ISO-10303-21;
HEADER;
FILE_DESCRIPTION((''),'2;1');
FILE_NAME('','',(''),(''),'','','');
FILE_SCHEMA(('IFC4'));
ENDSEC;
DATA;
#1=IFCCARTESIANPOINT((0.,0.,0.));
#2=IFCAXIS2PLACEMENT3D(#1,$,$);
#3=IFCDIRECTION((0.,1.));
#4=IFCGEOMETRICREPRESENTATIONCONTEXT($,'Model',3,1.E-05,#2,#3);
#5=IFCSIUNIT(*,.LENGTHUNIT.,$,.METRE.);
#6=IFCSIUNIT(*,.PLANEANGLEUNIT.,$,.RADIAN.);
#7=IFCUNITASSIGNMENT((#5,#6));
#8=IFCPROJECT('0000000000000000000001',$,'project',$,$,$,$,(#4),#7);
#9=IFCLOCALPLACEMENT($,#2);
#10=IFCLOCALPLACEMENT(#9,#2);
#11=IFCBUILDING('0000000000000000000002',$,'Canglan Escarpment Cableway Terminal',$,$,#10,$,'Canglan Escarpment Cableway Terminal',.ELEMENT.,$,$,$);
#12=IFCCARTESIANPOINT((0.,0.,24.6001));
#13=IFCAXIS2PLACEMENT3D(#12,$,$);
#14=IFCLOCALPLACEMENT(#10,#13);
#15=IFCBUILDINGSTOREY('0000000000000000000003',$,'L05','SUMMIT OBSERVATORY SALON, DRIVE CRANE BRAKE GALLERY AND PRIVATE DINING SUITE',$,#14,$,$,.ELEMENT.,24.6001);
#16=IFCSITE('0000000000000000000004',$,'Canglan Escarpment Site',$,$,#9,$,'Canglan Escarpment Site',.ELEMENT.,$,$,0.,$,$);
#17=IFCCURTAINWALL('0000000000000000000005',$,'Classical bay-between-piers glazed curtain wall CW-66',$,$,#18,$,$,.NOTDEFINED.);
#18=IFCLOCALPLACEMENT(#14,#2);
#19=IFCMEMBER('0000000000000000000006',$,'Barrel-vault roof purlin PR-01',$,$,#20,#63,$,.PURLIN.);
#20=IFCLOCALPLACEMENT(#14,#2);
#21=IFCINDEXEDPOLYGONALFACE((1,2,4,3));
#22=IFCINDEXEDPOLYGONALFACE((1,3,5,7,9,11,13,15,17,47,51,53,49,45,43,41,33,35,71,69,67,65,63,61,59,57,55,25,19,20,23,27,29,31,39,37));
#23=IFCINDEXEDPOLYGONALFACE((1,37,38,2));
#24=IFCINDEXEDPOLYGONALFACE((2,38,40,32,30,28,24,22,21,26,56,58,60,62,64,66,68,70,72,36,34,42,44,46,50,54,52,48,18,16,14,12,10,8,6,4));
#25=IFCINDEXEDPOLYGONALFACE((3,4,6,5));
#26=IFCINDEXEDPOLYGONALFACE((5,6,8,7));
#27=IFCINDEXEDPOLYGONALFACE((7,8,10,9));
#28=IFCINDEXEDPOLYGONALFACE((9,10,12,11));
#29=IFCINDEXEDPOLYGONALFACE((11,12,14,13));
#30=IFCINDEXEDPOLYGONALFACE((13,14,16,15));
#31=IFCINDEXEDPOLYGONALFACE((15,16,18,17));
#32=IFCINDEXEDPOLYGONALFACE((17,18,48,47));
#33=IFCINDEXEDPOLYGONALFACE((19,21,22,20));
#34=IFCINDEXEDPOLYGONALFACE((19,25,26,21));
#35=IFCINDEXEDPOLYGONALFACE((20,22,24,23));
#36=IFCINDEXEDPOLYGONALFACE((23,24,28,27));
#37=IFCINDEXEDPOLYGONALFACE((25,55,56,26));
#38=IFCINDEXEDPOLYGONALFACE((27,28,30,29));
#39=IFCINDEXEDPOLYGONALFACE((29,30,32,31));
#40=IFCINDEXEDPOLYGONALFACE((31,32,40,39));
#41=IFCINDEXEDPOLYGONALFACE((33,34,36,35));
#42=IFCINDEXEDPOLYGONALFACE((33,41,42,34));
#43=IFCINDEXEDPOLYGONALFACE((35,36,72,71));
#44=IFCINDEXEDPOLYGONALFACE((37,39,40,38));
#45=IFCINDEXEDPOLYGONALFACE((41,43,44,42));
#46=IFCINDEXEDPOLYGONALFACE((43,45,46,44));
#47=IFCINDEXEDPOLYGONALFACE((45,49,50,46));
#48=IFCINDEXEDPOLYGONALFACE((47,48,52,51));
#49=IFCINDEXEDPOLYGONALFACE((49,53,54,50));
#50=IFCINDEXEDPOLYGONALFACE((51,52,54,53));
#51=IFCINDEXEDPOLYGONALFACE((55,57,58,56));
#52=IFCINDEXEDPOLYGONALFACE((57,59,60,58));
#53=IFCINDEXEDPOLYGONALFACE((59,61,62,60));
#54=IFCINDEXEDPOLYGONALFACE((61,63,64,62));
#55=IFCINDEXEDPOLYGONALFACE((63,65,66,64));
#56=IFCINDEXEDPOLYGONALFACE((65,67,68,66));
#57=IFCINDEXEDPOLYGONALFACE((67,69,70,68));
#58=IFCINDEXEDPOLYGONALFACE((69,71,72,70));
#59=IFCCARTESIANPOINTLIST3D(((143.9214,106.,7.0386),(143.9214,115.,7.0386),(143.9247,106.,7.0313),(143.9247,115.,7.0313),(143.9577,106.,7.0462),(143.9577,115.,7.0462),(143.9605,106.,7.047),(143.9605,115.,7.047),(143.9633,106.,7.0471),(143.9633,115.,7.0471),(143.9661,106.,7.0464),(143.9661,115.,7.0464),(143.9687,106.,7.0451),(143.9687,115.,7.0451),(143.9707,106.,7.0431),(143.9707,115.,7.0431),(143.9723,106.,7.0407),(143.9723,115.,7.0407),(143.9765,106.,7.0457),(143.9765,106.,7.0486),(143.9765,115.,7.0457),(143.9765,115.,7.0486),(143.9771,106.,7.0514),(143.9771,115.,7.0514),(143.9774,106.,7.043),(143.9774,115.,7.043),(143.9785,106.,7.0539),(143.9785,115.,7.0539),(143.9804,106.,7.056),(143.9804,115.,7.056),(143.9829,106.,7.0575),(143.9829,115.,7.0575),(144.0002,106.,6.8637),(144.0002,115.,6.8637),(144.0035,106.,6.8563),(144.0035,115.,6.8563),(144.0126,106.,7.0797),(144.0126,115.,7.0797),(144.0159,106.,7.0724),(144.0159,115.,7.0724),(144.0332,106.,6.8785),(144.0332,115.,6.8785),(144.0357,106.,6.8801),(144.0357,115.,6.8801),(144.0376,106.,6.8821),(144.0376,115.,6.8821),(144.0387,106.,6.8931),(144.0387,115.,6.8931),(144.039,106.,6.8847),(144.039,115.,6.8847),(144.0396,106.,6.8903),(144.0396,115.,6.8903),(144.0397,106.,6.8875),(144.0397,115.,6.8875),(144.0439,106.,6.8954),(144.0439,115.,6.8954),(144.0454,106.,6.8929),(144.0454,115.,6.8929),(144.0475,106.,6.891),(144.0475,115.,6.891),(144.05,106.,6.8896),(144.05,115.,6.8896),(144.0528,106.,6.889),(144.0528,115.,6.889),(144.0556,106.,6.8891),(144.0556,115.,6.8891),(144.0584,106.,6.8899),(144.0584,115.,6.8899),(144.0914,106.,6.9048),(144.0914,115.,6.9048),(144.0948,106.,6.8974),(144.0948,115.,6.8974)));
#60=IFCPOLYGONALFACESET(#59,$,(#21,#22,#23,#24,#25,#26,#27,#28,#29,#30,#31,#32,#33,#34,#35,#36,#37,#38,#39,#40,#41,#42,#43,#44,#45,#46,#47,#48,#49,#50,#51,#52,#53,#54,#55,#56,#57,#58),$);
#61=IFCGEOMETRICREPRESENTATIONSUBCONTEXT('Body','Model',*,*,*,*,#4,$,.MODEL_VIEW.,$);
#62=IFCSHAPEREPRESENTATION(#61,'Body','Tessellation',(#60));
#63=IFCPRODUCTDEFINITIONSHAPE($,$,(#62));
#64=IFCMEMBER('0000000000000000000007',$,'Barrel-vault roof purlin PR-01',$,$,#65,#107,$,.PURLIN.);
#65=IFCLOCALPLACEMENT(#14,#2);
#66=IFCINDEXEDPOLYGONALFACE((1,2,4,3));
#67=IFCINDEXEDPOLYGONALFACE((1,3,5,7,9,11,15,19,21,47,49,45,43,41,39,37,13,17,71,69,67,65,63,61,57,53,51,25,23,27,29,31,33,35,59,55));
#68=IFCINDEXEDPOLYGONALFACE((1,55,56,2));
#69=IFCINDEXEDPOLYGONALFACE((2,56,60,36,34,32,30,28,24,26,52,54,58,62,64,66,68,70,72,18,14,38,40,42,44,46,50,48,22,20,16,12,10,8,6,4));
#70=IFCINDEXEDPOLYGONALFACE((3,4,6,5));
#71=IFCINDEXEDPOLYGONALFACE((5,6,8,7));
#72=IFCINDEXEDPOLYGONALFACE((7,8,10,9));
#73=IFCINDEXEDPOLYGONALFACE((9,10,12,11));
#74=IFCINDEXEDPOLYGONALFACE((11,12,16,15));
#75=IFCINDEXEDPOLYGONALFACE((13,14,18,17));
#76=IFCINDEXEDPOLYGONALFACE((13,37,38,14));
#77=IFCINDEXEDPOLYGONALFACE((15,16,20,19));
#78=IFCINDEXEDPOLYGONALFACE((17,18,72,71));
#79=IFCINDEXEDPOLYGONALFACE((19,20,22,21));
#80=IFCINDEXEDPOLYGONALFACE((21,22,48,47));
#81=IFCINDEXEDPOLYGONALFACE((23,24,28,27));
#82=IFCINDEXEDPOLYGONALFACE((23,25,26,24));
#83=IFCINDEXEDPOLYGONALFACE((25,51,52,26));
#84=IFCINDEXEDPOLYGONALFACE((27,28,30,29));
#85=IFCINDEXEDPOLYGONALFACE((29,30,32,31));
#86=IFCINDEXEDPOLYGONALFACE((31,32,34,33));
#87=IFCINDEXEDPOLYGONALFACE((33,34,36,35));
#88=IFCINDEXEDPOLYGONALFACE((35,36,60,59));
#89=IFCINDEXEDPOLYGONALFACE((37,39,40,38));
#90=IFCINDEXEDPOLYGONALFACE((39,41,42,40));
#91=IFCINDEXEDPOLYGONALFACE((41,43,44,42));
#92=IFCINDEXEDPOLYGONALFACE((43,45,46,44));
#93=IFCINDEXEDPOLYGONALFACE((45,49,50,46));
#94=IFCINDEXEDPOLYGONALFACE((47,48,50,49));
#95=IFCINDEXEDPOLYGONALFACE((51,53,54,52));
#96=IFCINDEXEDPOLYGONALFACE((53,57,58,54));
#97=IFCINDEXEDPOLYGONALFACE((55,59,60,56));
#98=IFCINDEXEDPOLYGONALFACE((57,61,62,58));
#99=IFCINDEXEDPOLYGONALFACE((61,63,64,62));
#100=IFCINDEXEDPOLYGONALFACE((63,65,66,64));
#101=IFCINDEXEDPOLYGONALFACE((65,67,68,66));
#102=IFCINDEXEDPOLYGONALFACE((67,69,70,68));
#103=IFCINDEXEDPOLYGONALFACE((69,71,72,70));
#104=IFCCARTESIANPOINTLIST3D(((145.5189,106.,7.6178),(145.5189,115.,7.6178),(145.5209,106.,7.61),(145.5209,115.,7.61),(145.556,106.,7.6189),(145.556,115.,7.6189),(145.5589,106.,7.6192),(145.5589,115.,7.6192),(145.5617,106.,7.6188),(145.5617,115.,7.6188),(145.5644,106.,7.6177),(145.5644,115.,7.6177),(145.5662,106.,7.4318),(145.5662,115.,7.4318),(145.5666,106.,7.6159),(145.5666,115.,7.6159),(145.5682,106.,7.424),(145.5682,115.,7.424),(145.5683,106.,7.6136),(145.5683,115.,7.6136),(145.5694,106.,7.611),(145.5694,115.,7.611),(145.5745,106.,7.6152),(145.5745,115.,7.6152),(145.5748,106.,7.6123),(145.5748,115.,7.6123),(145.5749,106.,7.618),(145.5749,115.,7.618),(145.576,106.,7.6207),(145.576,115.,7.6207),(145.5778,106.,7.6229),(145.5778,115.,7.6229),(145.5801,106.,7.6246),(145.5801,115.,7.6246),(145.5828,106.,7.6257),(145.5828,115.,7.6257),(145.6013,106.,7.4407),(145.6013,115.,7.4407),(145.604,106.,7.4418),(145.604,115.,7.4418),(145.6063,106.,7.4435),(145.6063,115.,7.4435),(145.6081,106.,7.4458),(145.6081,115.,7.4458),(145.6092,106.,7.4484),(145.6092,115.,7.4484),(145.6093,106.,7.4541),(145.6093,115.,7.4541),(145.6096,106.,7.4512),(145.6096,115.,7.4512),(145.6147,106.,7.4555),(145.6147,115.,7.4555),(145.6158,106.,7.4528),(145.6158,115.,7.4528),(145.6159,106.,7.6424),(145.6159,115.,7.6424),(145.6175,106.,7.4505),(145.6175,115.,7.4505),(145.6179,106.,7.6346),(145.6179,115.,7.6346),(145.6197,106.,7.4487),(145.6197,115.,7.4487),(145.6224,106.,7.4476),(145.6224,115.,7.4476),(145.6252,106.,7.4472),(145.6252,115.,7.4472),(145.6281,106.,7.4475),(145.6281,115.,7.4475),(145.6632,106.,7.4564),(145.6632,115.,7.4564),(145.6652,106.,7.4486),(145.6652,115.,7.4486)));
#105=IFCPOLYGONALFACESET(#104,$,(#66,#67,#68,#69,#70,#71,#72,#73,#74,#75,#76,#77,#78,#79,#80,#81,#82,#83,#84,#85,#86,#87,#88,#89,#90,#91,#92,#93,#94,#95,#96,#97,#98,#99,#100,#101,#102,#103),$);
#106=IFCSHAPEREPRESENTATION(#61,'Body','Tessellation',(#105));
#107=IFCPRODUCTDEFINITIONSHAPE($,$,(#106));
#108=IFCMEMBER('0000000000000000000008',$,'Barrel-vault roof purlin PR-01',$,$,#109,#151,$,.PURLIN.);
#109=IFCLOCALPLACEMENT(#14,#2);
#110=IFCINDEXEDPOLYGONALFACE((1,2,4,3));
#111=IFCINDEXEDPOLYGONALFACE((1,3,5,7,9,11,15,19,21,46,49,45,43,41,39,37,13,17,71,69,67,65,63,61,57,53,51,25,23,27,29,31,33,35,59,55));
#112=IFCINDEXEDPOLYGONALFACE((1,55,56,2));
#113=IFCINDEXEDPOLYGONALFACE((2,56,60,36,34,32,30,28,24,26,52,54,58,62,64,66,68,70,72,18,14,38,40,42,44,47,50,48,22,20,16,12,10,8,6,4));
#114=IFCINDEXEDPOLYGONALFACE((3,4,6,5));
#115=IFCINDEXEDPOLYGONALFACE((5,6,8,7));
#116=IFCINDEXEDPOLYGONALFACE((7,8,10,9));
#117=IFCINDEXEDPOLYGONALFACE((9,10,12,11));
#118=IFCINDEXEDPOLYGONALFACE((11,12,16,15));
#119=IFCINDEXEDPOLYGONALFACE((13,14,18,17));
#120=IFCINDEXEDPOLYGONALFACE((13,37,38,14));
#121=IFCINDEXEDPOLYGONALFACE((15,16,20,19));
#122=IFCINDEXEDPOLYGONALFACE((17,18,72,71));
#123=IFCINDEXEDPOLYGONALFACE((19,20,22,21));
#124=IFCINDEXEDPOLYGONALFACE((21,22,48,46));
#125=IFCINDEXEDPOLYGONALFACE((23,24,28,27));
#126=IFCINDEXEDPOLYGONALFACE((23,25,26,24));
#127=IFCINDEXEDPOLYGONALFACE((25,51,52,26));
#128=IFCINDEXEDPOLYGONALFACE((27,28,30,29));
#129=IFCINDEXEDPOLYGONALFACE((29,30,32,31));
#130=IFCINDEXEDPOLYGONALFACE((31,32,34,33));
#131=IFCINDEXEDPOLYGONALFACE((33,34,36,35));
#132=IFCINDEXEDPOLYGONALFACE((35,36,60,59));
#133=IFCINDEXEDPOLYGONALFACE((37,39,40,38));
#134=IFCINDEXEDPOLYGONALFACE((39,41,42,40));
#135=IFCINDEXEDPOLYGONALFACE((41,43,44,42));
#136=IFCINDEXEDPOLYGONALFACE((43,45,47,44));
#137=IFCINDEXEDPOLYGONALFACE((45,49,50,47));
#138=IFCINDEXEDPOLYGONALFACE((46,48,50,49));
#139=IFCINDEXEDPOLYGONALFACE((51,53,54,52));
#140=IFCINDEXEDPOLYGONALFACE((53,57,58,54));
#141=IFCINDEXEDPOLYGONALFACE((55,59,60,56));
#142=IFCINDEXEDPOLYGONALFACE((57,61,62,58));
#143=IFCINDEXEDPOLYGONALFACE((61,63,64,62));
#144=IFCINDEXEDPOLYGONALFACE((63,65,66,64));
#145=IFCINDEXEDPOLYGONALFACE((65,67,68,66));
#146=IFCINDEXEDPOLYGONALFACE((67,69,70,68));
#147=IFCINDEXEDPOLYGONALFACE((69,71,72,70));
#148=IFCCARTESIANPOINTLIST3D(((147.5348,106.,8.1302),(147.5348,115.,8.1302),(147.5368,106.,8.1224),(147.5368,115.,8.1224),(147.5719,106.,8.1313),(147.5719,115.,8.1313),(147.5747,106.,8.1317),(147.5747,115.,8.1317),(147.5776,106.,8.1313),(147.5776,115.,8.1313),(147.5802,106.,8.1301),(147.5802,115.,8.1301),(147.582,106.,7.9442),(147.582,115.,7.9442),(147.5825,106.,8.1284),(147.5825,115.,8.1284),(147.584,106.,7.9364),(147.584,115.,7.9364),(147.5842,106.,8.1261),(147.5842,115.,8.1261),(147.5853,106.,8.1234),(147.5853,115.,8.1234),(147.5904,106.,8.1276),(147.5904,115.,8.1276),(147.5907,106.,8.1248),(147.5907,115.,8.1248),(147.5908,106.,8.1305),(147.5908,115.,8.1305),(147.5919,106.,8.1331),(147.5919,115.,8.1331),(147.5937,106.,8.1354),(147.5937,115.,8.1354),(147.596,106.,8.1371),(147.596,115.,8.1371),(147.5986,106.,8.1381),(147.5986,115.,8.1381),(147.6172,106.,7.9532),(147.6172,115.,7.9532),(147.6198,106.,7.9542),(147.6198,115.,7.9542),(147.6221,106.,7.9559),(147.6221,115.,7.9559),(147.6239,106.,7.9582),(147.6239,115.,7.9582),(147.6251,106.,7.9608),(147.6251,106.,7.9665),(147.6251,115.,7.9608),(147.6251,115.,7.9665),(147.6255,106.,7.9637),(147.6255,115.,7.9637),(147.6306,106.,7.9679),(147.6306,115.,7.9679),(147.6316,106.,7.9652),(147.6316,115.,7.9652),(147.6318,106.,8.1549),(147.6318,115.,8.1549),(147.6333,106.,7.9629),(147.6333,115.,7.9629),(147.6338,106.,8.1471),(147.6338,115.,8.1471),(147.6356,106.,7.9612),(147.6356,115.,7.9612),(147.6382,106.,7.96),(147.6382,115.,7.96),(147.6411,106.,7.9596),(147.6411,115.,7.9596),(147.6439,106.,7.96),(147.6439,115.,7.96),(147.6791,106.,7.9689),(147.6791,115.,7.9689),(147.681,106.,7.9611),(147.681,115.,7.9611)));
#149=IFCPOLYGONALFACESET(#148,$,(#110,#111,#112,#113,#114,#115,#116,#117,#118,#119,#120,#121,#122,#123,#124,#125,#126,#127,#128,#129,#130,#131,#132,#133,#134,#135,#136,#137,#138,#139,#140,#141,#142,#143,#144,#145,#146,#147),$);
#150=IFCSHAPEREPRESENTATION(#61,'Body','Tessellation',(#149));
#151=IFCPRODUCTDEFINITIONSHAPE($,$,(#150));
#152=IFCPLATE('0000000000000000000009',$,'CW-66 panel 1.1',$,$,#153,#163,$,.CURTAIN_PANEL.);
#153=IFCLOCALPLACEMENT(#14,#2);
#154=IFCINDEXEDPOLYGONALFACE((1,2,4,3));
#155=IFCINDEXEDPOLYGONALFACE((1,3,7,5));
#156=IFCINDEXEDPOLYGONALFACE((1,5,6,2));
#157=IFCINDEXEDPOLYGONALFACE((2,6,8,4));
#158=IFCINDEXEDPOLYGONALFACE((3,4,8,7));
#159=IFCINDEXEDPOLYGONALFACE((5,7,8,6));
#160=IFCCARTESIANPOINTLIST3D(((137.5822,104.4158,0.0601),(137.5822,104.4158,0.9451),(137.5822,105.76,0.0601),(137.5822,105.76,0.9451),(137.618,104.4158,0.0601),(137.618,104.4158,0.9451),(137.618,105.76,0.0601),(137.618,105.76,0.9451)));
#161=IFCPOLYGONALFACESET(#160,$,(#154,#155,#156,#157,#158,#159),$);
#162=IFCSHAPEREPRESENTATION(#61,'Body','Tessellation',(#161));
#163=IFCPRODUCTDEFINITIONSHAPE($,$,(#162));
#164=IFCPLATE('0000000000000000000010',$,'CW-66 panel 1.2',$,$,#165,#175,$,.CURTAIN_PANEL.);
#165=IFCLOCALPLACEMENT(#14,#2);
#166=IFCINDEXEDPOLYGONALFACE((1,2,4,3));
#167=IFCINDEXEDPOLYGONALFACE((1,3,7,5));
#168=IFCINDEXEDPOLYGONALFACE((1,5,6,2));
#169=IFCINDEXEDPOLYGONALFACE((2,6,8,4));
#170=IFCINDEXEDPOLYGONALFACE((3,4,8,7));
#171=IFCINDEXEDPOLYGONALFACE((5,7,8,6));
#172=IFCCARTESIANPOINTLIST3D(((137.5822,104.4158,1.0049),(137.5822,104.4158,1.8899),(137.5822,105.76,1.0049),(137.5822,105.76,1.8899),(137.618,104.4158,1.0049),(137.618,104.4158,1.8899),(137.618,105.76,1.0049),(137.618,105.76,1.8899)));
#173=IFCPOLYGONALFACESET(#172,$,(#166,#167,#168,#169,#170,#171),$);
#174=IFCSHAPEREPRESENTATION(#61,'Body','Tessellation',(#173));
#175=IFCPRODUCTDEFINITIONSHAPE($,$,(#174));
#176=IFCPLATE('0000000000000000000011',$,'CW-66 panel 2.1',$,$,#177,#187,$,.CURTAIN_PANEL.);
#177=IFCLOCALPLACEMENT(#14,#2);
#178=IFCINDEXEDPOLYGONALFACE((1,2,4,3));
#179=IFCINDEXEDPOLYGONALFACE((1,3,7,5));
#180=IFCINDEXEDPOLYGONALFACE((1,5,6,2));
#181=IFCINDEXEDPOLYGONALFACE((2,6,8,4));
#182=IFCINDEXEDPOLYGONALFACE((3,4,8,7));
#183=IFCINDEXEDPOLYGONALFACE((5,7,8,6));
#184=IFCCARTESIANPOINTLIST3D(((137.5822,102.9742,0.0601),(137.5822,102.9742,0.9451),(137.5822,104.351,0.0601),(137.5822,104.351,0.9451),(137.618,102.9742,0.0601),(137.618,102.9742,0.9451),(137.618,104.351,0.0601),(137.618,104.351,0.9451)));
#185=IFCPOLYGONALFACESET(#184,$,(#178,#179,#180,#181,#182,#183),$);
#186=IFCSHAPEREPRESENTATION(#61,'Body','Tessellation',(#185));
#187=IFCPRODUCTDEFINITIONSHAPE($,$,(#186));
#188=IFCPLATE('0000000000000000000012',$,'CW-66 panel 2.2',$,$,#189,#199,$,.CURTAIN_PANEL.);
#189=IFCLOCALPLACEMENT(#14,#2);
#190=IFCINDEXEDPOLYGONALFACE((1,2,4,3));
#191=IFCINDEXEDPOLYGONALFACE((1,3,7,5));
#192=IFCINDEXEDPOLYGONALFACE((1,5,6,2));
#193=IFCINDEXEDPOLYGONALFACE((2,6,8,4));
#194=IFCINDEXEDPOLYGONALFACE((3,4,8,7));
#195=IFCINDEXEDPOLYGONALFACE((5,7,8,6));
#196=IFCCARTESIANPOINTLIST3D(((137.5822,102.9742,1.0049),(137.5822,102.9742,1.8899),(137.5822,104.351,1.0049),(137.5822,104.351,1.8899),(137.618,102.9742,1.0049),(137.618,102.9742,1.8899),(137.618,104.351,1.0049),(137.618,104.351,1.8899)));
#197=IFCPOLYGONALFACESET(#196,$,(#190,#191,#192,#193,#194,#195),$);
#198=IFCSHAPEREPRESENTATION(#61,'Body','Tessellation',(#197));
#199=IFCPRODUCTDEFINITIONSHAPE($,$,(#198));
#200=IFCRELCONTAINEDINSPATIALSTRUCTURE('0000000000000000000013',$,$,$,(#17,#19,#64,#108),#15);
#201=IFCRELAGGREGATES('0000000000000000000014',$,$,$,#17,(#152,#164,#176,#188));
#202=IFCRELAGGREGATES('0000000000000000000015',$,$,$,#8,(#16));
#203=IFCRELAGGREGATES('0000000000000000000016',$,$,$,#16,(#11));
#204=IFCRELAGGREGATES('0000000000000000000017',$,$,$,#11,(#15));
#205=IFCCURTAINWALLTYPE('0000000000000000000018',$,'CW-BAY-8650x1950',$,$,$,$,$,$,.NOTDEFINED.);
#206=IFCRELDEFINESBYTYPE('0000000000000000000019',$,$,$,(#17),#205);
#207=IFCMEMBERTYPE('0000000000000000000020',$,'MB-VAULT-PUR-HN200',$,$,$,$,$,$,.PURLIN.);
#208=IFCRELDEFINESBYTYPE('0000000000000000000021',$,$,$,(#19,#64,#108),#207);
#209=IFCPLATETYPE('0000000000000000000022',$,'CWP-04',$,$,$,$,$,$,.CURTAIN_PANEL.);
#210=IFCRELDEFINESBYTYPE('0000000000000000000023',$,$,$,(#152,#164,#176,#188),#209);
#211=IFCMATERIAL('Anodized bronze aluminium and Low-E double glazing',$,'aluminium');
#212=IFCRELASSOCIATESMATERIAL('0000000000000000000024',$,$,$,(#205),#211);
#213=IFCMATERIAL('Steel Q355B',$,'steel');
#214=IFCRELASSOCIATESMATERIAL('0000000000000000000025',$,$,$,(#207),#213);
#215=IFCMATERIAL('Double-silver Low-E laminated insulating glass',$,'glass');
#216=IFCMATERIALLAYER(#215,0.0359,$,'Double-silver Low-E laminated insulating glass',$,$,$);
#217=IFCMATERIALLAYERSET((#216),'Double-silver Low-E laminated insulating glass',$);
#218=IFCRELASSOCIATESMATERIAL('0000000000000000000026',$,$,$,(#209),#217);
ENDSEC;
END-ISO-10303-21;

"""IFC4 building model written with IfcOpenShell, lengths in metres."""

from ifc_helpers import new_model, si_unit, direction, frame, origin, origin_2d, place, context, subcontext, project, spatial, rectangle, i_section, extrude, material, layer, layer_set, material_profile, profile_set, type_object, element, aggregate, save


model = new_model("IFC4")

# Units and contexts
model_context = context("Model", 3, precision=1e-05, world=origin(), true_north=direction((0.0, 1.0)))
body_context = subcontext(model_context, "Body", "Model", "MODEL_VIEW")
ifc_project = project(units=[si_unit("LENGTHUNIT", "METRE"), si_unit("PLANEANGLEUNIT", "RADIAN")], contexts=[model_context])

# Site, building, storey
site_placement = place(None, origin())
site = spatial("IfcSite", under=ifc_project, at=site_placement, Name="Canglan Escarpment Site", LongName="Canglan Escarpment Site", CompositionType="ELEMENT", RefElevation=0.0)
building_placement = place(site_placement, origin())
building = spatial("IfcBuilding", under=site, at=building_placement, Name="Canglan Escarpment Cableway Terminal", LongName="Canglan Escarpment Cableway Terminal", CompositionType="ELEMENT")
storey_placement = place(building_placement, frame((0.0, 0.0, 24.6001)))
storey = spatial("IfcBuildingStorey", under=building, at=storey_placement, Name="L05", Description="SUMMIT OBSERVATORY SALON, DRIVE CRANE BRAKE GALLERY AND PRIVATE DINING SUITE", CompositionType="ELEMENT", Elevation=24.6001)

# Shared definitions
ifc_material_1 = material(Name="Steel Q355B", Category="steel")

# Curtain wall
ifc_material_2 = material(Name="Anodized bronze aluminium and Low-E double glazing", Category="aluminium")
curtain_wall_type = type_object("IfcCurtainWallType", Name="CW-BAY-8650x1950", PredefinedType="NOTDEFINED", material=ifc_material_2)
curtain_wall_placement = place(storey_placement, origin())
curtain_wall = element("IfcCurtainWall", 1, at=curtain_wall_placement, inside=storey, type_object=curtain_wall_type, Name="Classical bay-between-piers glazed curtain wall CW-66", PredefinedType="NOTDEFINED")

# Members
ifc_material_profile_1 = material_profile(ifc_material_1, i_section(OverallWidth=0.1001, OverallDepth=0.2, WebThickness=0.0056, FlangeThickness=0.0081, FilletRadius=0.011, at=origin_2d()), Name="HN 200x100x5.5x8")
ifc_profile_set_1 = profile_set([ifc_material_profile_1], Name="Steel Q355B")
member_type_1 = type_object("IfcMemberType", Name="MB-VAULT-PUR-HN200", PredefinedType="PURLIN", material=ifc_profile_set_1)
for number, where, z_axis, x_axis, name in (
    (2, (144.0081, 106.0, 6.968), (0.0, 1.0, 0.0), (-0.911741, 0.0, -0.410767), "Barrel-vault roof purlin PR-01"),
    (3, (145.592, 106.0, 7.5332), (0.0, 1.0, 0.0), (-0.969184, 0.0, -0.246339), "Barrel-vault roof purlin PR-01"),
    (4, (147.6079, 106.0, 8.0457), (0.0, 1.0, 0.0), (-0.969184, 0.0, -0.246339), "Barrel-vault roof purlin PR-01"),
):
    element("IfcMember", number, at=place(storey_placement, frame(where, z_axis=z_axis, x_axis=x_axis)), inside=storey, type_object=member_type_1, Name=name, PredefinedType="PURLIN", context=body_context, shape_type="SweptSolid", body=[
        extrude(i_section(OverallWidth=0.1001, OverallDepth=0.2, WebThickness=0.0056, FlangeThickness=0.0081, FilletRadius=0.011, at=origin_2d()), origin(), (0.0, 0.0, 1.0), 9.0),
    ])

# Plates
ifc_material_3 = material(Name="Double-silver Low-E laminated insulating glass", Category="glass")
ifc_layer_1 = layer(ifc_material_3, 0.0359, Name="Double-silver Low-E laminated insulating glass")
ifc_layer_set_1 = layer_set([ifc_layer_1], Name="Double-silver Low-E laminated insulating glass")
plate_type_1 = type_object("IfcPlateType", Name="CWP-04", PredefinedType="CURTAIN_PANEL", material=ifc_layer_set_1)
plate_1_placement = place(storey_placement, frame((137.6001, 105.0879, 0.0601), z_axis=(0.0, 0.0, 1.0), x_axis=(0.0, -1.0, 0.0)))
plate_1 = element("IfcPlate", 5, at=plate_1_placement, type_object=plate_type_1, Name="CW-66 panel 1.1", PredefinedType="CURTAIN_PANEL", context=body_context, shape_type="SweptSolid", body=[
    extrude(rectangle(XDim=1.3442, YDim=0.0359, at=origin_2d()), origin(), (0.0, 0.0, 1.0), 0.885),
])
plate_2_placement = place(storey_placement, frame((137.6001, 105.0879, 1.0049), z_axis=(0.0, 0.0, 1.0), x_axis=(0.0, -1.0, 0.0)))
plate_2 = element("IfcPlate", 6, at=plate_2_placement, type_object=plate_type_1, Name="CW-66 panel 1.2", PredefinedType="CURTAIN_PANEL", context=body_context, shape_type="SweptSolid", body=[
    extrude(rectangle(XDim=1.3442, YDim=0.0359, at=origin_2d()), origin(), (0.0, 0.0, 1.0), 0.885),
])
plate_3_placement = place(storey_placement, frame((137.6001, 103.6626, 0.0601), z_axis=(0.0, 0.0, 1.0), x_axis=(0.0, -1.0, 0.0)))
plate_3 = element("IfcPlate", 7, at=plate_3_placement, type_object=plate_type_1, Name="CW-66 panel 2.1", PredefinedType="CURTAIN_PANEL", context=body_context, shape_type="SweptSolid", body=[
    extrude(rectangle(XDim=1.3767, YDim=0.0359, at=origin_2d()), origin(), (0.0, 0.0, 1.0), 0.885),
])
plate_4_placement = place(storey_placement, frame((137.6001, 103.6626, 1.0049), z_axis=(0.0, 0.0, 1.0), x_axis=(0.0, -1.0, 0.0)))
plate_4 = element("IfcPlate", 8, at=plate_4_placement, type_object=plate_type_1, Name="CW-66 panel 2.2", PredefinedType="CURTAIN_PANEL", context=body_context, shape_type="SweptSolid", body=[
    extrude(rectangle(XDim=1.3767, YDim=0.0359, at=origin_2d()), origin(), (0.0, 0.0, 1.0), 0.885),
])
aggregate(curtain_wall, [plate_1, plate_2, plate_3, plate_4])

save(model, "model.ifc")
